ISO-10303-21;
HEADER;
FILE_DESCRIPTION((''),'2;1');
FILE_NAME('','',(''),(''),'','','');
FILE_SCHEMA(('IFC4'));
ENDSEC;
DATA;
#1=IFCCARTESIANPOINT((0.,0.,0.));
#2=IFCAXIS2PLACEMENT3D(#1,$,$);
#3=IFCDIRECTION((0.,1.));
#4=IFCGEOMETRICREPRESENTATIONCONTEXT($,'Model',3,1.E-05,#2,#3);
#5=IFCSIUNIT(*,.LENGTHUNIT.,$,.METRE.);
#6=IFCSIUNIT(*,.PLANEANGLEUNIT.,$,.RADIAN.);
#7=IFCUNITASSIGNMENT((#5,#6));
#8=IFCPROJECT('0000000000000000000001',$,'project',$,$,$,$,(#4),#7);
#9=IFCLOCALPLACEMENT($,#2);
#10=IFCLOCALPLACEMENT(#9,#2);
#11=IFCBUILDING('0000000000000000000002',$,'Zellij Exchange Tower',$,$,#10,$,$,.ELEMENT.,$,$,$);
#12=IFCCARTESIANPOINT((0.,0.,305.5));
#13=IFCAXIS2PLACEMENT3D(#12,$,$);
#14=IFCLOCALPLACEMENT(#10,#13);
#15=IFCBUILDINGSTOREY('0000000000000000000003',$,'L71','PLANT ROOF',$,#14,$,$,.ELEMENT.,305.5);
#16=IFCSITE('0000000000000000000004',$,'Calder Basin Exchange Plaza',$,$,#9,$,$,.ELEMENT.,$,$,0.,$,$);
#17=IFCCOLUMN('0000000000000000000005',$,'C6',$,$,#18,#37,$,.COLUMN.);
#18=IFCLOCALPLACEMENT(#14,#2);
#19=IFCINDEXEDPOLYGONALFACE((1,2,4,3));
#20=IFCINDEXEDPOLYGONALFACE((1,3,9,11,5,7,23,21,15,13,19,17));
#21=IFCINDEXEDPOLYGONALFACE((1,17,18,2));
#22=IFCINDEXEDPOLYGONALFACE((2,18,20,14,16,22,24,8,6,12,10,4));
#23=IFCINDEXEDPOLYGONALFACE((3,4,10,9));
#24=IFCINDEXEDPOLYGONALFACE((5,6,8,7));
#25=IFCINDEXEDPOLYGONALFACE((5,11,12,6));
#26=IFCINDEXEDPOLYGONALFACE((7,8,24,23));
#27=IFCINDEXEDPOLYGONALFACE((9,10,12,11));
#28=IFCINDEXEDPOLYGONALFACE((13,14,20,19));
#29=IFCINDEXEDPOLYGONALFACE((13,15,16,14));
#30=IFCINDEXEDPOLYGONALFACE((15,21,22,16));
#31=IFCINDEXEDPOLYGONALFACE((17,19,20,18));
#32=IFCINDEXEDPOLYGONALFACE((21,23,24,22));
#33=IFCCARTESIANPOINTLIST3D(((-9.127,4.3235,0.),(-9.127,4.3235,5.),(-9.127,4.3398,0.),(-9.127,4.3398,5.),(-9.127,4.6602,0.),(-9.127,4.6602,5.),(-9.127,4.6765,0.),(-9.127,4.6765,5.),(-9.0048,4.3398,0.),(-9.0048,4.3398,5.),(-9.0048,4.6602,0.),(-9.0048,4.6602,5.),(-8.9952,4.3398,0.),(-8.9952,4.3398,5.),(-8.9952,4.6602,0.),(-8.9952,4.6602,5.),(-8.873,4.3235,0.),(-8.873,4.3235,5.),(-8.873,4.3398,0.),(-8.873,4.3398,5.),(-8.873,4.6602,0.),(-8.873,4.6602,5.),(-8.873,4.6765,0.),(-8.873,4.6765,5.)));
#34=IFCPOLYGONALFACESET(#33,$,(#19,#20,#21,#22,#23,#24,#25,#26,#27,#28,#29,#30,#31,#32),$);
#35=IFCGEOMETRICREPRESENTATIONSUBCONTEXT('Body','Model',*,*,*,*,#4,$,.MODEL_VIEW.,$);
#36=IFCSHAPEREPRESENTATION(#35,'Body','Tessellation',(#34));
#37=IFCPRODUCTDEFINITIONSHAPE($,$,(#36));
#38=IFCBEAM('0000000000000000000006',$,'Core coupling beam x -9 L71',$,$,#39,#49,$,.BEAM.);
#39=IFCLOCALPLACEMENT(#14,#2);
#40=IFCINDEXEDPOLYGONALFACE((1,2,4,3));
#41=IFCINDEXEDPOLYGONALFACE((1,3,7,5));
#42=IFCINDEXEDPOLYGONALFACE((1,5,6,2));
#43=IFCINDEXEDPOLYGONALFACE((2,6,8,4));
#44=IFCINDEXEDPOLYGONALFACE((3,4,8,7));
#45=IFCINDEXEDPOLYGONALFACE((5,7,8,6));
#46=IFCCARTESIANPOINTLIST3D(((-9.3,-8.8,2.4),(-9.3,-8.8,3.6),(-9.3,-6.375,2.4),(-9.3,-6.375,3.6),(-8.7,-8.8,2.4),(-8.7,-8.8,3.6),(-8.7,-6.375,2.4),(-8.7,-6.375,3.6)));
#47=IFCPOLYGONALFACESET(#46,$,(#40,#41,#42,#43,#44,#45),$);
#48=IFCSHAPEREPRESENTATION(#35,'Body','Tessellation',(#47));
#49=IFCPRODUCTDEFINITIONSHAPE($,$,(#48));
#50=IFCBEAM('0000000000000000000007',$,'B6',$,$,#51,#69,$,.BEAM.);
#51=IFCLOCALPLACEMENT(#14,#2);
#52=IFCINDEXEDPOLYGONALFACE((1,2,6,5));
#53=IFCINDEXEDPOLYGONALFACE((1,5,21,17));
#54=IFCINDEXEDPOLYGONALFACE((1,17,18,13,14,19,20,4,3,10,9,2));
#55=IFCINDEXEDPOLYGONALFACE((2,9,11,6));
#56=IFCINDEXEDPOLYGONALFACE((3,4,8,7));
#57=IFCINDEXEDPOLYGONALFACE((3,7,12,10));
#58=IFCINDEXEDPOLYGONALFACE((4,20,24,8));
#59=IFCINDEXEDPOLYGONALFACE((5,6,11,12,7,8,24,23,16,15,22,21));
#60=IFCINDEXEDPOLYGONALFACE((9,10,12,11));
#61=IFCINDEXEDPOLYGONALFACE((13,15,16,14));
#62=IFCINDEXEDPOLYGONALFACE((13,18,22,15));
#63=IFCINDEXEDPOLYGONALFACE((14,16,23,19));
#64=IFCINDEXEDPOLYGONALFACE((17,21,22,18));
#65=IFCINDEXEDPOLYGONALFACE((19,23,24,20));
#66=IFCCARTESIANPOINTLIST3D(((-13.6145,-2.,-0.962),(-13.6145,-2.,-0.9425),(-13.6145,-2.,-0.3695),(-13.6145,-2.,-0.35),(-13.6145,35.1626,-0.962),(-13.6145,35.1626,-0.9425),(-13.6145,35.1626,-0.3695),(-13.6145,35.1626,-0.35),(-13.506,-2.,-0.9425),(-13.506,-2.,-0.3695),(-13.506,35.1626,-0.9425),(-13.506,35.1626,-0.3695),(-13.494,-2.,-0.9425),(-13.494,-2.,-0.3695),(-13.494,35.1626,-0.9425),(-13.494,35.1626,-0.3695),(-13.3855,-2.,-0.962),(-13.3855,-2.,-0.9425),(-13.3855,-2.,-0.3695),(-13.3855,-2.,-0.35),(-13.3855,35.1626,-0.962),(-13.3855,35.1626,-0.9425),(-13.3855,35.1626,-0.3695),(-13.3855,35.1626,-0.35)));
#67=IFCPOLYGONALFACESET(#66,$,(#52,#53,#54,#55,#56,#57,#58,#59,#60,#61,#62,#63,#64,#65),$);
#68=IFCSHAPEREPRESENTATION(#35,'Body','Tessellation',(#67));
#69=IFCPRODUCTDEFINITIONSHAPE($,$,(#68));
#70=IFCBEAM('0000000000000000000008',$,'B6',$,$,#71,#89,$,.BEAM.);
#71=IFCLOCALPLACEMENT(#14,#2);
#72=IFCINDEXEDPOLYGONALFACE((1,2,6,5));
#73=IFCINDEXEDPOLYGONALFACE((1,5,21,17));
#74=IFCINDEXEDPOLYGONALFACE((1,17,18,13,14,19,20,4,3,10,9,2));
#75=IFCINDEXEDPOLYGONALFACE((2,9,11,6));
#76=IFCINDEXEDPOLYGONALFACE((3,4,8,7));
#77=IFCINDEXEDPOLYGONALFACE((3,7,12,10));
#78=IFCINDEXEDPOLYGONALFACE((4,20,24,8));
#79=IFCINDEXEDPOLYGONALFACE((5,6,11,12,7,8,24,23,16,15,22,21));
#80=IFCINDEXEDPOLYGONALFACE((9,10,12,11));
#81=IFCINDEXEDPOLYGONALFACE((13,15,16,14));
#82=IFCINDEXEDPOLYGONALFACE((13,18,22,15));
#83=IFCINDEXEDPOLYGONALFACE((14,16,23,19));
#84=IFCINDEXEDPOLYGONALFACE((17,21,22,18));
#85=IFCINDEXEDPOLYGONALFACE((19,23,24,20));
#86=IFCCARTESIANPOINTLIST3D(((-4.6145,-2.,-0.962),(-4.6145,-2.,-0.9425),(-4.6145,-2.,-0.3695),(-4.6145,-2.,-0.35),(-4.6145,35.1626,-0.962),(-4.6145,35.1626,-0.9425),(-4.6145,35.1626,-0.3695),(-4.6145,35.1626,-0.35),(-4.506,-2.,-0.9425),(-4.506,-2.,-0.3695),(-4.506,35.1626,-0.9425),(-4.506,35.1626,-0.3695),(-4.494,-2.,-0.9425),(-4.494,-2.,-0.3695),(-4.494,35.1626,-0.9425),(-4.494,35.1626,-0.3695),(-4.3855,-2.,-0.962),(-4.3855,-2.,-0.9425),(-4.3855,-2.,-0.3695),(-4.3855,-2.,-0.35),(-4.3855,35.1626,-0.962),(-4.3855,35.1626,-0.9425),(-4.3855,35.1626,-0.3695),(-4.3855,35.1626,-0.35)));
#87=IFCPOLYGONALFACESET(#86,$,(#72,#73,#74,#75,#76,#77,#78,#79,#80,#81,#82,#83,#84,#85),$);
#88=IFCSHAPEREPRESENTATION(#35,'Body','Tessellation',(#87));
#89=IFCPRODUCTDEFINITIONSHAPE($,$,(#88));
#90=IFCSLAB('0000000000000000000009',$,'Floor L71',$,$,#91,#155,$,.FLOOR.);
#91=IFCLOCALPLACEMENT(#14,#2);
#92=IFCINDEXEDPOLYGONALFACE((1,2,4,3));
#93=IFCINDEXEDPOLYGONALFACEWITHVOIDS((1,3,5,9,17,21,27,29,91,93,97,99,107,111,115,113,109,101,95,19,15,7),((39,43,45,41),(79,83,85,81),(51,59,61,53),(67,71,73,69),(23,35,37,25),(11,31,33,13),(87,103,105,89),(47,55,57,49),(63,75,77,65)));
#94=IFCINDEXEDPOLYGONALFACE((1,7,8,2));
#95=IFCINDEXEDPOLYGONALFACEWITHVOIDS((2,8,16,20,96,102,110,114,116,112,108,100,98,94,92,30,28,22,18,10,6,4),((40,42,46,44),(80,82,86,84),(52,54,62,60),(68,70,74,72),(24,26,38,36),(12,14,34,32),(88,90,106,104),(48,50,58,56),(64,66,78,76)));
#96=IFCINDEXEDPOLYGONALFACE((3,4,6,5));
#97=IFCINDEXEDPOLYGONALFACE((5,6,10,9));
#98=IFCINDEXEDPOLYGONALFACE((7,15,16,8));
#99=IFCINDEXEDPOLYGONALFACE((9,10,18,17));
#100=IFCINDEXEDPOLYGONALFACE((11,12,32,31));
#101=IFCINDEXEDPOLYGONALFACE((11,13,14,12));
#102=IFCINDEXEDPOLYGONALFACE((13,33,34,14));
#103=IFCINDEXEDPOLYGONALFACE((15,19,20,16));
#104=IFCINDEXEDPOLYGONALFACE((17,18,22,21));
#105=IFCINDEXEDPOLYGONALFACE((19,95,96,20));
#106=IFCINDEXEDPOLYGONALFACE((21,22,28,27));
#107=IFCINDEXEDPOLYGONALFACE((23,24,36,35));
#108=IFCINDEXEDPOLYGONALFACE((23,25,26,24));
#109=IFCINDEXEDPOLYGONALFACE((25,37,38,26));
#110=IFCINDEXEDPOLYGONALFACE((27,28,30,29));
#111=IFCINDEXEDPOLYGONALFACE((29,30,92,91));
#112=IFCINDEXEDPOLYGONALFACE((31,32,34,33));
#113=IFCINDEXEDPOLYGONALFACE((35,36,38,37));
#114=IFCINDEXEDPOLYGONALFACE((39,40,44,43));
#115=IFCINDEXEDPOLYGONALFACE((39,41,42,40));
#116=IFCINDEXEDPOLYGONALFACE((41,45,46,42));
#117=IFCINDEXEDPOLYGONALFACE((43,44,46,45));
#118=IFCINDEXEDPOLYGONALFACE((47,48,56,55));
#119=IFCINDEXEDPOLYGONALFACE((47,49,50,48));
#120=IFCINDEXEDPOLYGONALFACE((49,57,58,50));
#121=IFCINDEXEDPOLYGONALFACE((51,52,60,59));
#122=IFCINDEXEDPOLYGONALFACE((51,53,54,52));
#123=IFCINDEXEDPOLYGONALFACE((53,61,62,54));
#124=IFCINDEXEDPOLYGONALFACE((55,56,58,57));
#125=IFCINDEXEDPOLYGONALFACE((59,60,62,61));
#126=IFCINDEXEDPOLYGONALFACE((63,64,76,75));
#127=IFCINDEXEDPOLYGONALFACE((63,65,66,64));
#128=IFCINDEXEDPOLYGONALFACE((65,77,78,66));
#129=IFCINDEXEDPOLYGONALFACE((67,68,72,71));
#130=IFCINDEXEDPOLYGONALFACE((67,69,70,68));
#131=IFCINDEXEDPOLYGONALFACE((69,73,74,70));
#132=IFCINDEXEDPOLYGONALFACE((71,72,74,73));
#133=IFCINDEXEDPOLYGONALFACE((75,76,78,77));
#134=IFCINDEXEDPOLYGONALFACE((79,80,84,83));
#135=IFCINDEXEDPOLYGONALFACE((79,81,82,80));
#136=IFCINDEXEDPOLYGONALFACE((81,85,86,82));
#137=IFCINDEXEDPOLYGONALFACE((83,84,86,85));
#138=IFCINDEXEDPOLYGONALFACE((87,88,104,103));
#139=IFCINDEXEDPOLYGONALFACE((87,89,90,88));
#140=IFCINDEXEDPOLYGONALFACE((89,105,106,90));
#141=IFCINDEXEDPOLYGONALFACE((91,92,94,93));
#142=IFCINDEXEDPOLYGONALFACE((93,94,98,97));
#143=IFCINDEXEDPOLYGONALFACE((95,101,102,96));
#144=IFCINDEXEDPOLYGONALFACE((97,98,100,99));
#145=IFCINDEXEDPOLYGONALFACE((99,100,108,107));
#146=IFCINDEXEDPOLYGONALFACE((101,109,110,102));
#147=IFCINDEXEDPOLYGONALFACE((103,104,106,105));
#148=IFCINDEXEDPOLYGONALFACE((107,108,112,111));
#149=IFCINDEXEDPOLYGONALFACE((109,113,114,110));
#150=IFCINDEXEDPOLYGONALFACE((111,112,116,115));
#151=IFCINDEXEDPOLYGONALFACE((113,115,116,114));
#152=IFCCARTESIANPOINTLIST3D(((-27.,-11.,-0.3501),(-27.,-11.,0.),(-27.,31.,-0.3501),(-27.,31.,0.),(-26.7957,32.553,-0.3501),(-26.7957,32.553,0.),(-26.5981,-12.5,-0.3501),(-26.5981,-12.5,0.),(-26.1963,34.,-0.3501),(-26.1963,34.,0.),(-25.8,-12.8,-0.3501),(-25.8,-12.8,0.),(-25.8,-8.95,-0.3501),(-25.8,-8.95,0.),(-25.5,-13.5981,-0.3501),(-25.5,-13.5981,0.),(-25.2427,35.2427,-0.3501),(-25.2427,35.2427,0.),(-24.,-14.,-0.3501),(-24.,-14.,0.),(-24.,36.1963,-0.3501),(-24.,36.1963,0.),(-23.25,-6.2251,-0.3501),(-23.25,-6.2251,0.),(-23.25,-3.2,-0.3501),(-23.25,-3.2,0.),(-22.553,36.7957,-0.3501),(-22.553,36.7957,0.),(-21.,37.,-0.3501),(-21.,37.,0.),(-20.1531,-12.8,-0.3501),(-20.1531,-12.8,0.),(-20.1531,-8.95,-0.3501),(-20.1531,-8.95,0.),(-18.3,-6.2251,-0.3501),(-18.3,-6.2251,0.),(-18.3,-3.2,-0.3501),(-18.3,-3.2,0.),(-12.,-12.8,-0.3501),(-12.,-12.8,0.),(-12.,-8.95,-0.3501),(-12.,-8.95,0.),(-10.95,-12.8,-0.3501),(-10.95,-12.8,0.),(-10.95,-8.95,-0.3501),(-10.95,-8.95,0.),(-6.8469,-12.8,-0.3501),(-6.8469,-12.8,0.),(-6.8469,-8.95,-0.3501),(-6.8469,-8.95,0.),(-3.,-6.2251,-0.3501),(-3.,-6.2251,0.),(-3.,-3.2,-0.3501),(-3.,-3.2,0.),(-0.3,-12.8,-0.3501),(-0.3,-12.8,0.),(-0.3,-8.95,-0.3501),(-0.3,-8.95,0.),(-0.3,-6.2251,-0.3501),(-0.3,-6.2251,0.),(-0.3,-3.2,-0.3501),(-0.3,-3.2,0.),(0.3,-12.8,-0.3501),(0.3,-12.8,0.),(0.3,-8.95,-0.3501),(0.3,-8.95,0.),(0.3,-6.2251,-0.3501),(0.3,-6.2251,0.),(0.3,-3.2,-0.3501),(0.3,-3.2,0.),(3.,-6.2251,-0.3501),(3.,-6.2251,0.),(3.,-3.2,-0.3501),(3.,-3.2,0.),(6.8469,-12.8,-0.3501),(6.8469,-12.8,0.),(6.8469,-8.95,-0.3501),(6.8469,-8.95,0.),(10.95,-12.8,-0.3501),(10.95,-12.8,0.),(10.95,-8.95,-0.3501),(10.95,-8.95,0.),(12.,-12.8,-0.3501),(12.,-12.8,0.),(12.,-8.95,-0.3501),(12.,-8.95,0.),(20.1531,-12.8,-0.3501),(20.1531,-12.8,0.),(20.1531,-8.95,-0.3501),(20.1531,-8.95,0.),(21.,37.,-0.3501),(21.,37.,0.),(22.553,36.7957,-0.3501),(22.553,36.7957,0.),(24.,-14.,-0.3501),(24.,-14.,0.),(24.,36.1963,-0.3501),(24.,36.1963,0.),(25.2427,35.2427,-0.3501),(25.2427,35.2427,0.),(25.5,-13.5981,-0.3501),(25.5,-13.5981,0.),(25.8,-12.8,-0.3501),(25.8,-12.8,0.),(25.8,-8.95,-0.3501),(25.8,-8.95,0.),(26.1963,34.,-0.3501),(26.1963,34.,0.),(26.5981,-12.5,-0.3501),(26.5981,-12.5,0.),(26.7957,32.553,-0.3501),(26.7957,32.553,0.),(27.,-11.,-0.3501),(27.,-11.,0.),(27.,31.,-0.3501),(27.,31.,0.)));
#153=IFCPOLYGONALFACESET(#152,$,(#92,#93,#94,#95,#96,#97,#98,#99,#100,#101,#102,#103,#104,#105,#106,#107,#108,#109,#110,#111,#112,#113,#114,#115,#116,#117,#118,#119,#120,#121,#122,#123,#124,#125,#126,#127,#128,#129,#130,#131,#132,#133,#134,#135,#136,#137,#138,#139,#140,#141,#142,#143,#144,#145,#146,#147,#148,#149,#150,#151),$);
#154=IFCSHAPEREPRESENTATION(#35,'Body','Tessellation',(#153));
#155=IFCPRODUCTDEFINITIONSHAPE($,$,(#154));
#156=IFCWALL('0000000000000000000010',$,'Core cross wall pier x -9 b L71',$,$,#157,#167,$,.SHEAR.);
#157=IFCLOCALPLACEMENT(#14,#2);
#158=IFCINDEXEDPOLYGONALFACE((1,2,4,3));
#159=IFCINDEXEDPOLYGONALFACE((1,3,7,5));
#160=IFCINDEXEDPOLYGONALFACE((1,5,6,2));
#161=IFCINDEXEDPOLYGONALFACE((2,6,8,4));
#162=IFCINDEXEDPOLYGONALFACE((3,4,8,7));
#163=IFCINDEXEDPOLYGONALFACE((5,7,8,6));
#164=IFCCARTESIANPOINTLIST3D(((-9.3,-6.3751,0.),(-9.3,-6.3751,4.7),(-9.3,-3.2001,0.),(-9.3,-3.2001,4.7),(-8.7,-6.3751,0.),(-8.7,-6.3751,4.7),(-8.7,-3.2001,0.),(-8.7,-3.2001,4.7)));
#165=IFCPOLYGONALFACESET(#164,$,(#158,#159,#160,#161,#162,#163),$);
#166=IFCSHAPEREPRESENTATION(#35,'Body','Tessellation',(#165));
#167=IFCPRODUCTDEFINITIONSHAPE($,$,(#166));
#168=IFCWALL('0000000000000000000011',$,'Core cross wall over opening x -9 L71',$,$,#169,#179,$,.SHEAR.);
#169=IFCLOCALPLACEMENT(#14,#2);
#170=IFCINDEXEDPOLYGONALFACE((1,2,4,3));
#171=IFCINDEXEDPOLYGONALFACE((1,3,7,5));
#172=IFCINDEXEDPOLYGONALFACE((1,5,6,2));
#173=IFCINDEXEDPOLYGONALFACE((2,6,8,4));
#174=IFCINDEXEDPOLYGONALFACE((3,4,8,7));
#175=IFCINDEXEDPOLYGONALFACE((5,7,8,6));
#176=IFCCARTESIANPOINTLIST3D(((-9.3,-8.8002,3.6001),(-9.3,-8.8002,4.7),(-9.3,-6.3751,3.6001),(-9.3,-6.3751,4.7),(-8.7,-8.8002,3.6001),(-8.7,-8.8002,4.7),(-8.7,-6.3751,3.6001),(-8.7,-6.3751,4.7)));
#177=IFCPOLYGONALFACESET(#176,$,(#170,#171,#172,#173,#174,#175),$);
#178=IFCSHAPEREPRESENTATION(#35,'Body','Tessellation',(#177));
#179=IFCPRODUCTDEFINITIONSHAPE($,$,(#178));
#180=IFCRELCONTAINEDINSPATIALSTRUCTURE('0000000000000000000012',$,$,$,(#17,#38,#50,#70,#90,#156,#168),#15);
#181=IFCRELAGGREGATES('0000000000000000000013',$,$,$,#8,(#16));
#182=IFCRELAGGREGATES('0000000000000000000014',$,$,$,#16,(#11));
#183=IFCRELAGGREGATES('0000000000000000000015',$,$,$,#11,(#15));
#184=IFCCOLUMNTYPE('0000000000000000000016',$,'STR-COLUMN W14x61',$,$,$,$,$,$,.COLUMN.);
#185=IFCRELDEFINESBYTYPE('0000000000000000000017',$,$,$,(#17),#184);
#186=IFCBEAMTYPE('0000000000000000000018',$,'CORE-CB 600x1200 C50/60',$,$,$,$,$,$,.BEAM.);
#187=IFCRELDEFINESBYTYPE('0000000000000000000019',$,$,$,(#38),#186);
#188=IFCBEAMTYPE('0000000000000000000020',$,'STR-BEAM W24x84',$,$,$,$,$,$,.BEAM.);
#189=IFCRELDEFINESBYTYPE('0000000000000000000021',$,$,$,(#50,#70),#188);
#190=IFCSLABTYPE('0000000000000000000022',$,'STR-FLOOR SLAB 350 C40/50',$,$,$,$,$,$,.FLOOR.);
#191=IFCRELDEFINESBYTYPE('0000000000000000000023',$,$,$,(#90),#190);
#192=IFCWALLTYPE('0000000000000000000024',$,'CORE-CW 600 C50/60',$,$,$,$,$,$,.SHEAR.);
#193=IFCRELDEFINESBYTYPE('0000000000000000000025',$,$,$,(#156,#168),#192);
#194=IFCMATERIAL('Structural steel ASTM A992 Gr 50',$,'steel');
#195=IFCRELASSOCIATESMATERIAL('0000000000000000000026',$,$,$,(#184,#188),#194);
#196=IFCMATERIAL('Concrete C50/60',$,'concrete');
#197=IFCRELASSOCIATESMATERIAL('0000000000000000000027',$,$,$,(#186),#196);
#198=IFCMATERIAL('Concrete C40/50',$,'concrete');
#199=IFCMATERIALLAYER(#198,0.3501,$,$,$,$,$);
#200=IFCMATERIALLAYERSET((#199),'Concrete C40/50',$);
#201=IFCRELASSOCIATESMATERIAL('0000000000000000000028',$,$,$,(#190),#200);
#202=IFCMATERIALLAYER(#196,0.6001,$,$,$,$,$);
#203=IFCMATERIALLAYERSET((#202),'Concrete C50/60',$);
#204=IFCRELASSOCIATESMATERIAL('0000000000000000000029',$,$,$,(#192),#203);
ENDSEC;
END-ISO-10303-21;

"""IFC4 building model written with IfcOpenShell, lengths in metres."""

from ifc_helpers import new_model, si_unit, direction, frame, frame_2d, origin, origin_2d, place, context, subcontext, project, spatial, polyline, rectangle, i_section, outline, extrude, material, layer, layer_set, material_profile, profile_set, type_object, element, save


model = new_model("IFC4")

# Units and contexts
model_context = context("Model", 3, precision=1e-05, world=origin(), true_north=direction((0.0, 1.0)))
body_context = subcontext(model_context, "Body", "Model", "MODEL_VIEW")
ifc_project = project(units=[si_unit("LENGTHUNIT", "METRE"), si_unit("PLANEANGLEUNIT", "RADIAN")], contexts=[model_context])

# Site, building, storey
site_placement = place(None, origin())
site = spatial("IfcSite", under=ifc_project, at=site_placement, Name="Calder Basin Exchange Plaza", CompositionType="ELEMENT", RefElevation=0.0)
building_placement = place(site_placement, origin())
building = spatial("IfcBuilding", under=site, at=building_placement, Name="Zellij Exchange Tower", CompositionType="ELEMENT")
storey_placement = place(building_placement, frame((0.0, 0.0, 305.5)))
storey = spatial("IfcBuildingStorey", under=building, at=storey_placement, Name="L71", Description="PLANT ROOF", CompositionType="ELEMENT", Elevation=305.5)

# Column
ifc_material_1 = material(Name="Structural steel ASTM A992 Gr 50", Category="steel")
ifc_material_profile_1 = material_profile(ifc_material_1, i_section(OverallWidth=0.2539, OverallDepth=0.353, WebThickness=0.0095, FlangeThickness=0.0164, at=origin_2d()), Name="W14x61")
ifc_profile_set_1 = profile_set([ifc_material_profile_1], Name="Structural steel ASTM A992 Gr 50")
column_type = type_object("IfcColumnType", Name="STR-COLUMN W14x61", PredefinedType="COLUMN", material=ifc_profile_set_1)
column_placement = place(storey_placement, frame((-9.0, 4.5, 0.0), z_axis=(0.0, 0.0, 1.0), x_axis=(1.0, 0.0, 0.0)))
element("IfcColumn", 1, at=column_placement, inside=storey, type_object=column_type, Name="C6", PredefinedType="COLUMN", context=body_context, shape_type="SweptSolid", body=[
    extrude(i_section(OverallWidth=0.2539, OverallDepth=0.353, WebThickness=0.0095, FlangeThickness=0.0164, at=origin_2d()), origin(), (0.0, 0.0, 1.0), 5.0),
])

# Beams
ifc_material_2 = material(Name="Concrete C50/60", Category="concrete")
ifc_material_profile_2 = material_profile(ifc_material_2, rectangle(XDim=0.6001, YDim=1.2, at=origin_2d()), Name="CORE-CB 600x1200 C50/60")
ifc_profile_set_2 = profile_set([ifc_material_profile_2], Name="Concrete C50/60")
beam_type_1 = type_object("IfcBeamType", Name="CORE-CB 600x1200 C50/60", PredefinedType="BEAM", material=ifc_profile_set_2)
beam_placement = place(storey_placement, frame((-9.0, -8.8, 3.0), z_axis=(0.0, 1.0, 0.0), x_axis=(-1.0, 0.0, 0.0)))
element("IfcBeam", 2, at=beam_placement, inside=storey, type_object=beam_type_1, Name="Core coupling beam x -9 L71", PredefinedType="BEAM", context=body_context, shape_type="SweptSolid", body=[
    extrude(rectangle(XDim=0.6001, YDim=1.2, at=origin_2d()), origin(), (0.0, 0.0, 1.0), 2.425),
])
ifc_material_profile_3 = material_profile(ifc_material_1, i_section(OverallWidth=0.229, OverallDepth=0.6121, WebThickness=0.012, FlangeThickness=0.0195, at=origin_2d()), Name="W24x84")
ifc_profile_set_3 = profile_set([ifc_material_profile_3], Name="Structural steel ASTM A992 Gr 50")
beam_type_2 = type_object("IfcBeamType", Name="STR-BEAM W24x84", PredefinedType="BEAM", material=ifc_profile_set_3)
for number, where, z_axis, x_axis, name in (
    (3, (-13.5, -2.0, -0.656), (0.0, 1.0, 0.0), (-1.0, 0.0, 0.0), "B6"),
    (4, (-4.5, -2.0, -0.656), (0.0, 1.0, 0.0), (-1.0, 0.0, 0.0), "B6"),
):
    element("IfcBeam", number, at=place(storey_placement, frame(where, z_axis=z_axis, x_axis=x_axis)), inside=storey, type_object=beam_type_2, Name=name, PredefinedType="BEAM", context=body_context, shape_type="SweptSolid", body=[
        extrude(i_section(OverallWidth=0.229, OverallDepth=0.6121, WebThickness=0.012, FlangeThickness=0.0195, at=origin_2d()), origin(), (0.0, 0.0, 1.0), 37.1626),
    ])

# Slab
ifc_material_3 = material(Name="Concrete C40/50", Category="concrete")
ifc_layer_1 = layer(ifc_material_3, 0.3501)
ifc_layer_set_1 = layer_set([ifc_layer_1], Name="Concrete C40/50")
slab_type = type_object("IfcSlabType", Name="STR-FLOOR SLAB 350 C40/50", PredefinedType="FLOOR", material=ifc_layer_set_1)
slab_placement = place(storey_placement, frame((0.0, 0.0, -0.3501)))
element("IfcSlab", 5, at=slab_placement, inside=storey, type_object=slab_type, Name="Floor L71", PredefinedType="FLOOR", context=body_context, shape_type="SweptSolid", body=[
    extrude(outline(polyline([(-24.0, -14.0), (-25.5, -13.5981), (-26.5981, -12.5), (-27.0, -11.0), (-27.0, 31.0), (-26.7957, 32.553), (-26.1963, 34.0), (-25.2427, 35.2427), (-24.0, 36.1963), (-22.553, 36.7957), (-21.0, 37.0), (21.0, 37.0), (22.553, 36.7957), (24.0, 36.1963), (25.2427, 35.2427), (26.1963, 34.0), (26.7957, 32.553), (27.0, 31.0), (27.0, -11.0), (26.5981, -12.5), (25.5, -13.5981), (24.0, -14.0), (-24.0, -14.0)]), holes=[polyline([(-25.8, -8.95), (-25.8, -12.8), (-20.1531, -12.8), (-20.1531, -8.95), (-25.8, -8.95)]), polyline([(-12.0, -8.95), (-12.0, -12.8), (-10.95, -12.8), (-10.95, -8.95), (-12.0, -8.95)]), polyline([(-6.8469, -8.95), (-6.8469, -12.8), (-0.3, -12.8), (-0.3, -8.95), (-6.8469, -8.95)]), polyline([(0.3, -8.95), (0.3, -12.8), (6.8469, -12.8), (6.8469, -8.95), (0.3, -8.95)]), polyline([(10.95, -8.95), (10.95, -12.8), (12.0, -12.8), (12.0, -8.95), (10.95, -8.95)]), polyline([(20.1531, -8.95), (20.1531, -12.8), (25.8, -12.8), (25.8, -8.95), (20.1531, -8.95)]), polyline([(-23.25, -3.2), (-23.25, -6.2251), (-18.3, -6.2251), (-18.3, -3.2), (-23.25, -3.2)]), polyline([(-0.3, -3.2), (-3.0, -3.2), (-3.0, -6.2251), (-0.3, -6.2251), (-0.3, -3.2)]), polyline([(3.0, -3.2), (0.3, -3.2), (0.3, -6.2251), (3.0, -6.2251), (3.0, -3.2)])]), origin(), (0.0, 0.0, 1.0), 0.3501),
])

# Walls
ifc_layer_2 = layer(ifc_material_2, 0.6001)
ifc_layer_set_2 = layer_set([ifc_layer_2], Name="Concrete C50/60")
wall_type_1 = type_object("IfcWallType", Name="CORE-CW 600 C50/60", PredefinedType="SHEAR", material=ifc_layer_set_2)
wall_1_placement = place(storey_placement, frame((-9.0, -6.375, 0.0), z_axis=(0.0, 0.0, 1.0), x_axis=(0.0, 1.0, 0.0)))
element("IfcWall", 6, at=wall_1_placement, inside=storey, type_object=wall_type_1, Name="Core cross wall pier x -9 b L71", PredefinedType="SHEAR", context=body_context, shape_type="SweptSolid", body=[
    extrude(rectangle(XDim=3.175, YDim=0.6001, at=frame_2d((1.5874, 0.0))), origin(), (0.0, 0.0, 1.0), 4.7),
])
wall_2_placement = place(storey_placement, frame((-9.0, -8.8, 3.6001), z_axis=(0.0, 0.0, 1.0), x_axis=(0.0, 1.0, 0.0)))
element("IfcWall", 7, at=wall_2_placement, inside=storey, type_object=wall_type_1, Name="Core cross wall over opening x -9 L71", PredefinedType="SHEAR", context=body_context, shape_type="SweptSolid", body=[
    extrude(rectangle(XDim=2.425, YDim=0.6001, at=frame_2d((1.2124, 0.0))), origin(), (0.0, 0.0, 1.0), 1.0999),
])

save(model, "model.ifc")
